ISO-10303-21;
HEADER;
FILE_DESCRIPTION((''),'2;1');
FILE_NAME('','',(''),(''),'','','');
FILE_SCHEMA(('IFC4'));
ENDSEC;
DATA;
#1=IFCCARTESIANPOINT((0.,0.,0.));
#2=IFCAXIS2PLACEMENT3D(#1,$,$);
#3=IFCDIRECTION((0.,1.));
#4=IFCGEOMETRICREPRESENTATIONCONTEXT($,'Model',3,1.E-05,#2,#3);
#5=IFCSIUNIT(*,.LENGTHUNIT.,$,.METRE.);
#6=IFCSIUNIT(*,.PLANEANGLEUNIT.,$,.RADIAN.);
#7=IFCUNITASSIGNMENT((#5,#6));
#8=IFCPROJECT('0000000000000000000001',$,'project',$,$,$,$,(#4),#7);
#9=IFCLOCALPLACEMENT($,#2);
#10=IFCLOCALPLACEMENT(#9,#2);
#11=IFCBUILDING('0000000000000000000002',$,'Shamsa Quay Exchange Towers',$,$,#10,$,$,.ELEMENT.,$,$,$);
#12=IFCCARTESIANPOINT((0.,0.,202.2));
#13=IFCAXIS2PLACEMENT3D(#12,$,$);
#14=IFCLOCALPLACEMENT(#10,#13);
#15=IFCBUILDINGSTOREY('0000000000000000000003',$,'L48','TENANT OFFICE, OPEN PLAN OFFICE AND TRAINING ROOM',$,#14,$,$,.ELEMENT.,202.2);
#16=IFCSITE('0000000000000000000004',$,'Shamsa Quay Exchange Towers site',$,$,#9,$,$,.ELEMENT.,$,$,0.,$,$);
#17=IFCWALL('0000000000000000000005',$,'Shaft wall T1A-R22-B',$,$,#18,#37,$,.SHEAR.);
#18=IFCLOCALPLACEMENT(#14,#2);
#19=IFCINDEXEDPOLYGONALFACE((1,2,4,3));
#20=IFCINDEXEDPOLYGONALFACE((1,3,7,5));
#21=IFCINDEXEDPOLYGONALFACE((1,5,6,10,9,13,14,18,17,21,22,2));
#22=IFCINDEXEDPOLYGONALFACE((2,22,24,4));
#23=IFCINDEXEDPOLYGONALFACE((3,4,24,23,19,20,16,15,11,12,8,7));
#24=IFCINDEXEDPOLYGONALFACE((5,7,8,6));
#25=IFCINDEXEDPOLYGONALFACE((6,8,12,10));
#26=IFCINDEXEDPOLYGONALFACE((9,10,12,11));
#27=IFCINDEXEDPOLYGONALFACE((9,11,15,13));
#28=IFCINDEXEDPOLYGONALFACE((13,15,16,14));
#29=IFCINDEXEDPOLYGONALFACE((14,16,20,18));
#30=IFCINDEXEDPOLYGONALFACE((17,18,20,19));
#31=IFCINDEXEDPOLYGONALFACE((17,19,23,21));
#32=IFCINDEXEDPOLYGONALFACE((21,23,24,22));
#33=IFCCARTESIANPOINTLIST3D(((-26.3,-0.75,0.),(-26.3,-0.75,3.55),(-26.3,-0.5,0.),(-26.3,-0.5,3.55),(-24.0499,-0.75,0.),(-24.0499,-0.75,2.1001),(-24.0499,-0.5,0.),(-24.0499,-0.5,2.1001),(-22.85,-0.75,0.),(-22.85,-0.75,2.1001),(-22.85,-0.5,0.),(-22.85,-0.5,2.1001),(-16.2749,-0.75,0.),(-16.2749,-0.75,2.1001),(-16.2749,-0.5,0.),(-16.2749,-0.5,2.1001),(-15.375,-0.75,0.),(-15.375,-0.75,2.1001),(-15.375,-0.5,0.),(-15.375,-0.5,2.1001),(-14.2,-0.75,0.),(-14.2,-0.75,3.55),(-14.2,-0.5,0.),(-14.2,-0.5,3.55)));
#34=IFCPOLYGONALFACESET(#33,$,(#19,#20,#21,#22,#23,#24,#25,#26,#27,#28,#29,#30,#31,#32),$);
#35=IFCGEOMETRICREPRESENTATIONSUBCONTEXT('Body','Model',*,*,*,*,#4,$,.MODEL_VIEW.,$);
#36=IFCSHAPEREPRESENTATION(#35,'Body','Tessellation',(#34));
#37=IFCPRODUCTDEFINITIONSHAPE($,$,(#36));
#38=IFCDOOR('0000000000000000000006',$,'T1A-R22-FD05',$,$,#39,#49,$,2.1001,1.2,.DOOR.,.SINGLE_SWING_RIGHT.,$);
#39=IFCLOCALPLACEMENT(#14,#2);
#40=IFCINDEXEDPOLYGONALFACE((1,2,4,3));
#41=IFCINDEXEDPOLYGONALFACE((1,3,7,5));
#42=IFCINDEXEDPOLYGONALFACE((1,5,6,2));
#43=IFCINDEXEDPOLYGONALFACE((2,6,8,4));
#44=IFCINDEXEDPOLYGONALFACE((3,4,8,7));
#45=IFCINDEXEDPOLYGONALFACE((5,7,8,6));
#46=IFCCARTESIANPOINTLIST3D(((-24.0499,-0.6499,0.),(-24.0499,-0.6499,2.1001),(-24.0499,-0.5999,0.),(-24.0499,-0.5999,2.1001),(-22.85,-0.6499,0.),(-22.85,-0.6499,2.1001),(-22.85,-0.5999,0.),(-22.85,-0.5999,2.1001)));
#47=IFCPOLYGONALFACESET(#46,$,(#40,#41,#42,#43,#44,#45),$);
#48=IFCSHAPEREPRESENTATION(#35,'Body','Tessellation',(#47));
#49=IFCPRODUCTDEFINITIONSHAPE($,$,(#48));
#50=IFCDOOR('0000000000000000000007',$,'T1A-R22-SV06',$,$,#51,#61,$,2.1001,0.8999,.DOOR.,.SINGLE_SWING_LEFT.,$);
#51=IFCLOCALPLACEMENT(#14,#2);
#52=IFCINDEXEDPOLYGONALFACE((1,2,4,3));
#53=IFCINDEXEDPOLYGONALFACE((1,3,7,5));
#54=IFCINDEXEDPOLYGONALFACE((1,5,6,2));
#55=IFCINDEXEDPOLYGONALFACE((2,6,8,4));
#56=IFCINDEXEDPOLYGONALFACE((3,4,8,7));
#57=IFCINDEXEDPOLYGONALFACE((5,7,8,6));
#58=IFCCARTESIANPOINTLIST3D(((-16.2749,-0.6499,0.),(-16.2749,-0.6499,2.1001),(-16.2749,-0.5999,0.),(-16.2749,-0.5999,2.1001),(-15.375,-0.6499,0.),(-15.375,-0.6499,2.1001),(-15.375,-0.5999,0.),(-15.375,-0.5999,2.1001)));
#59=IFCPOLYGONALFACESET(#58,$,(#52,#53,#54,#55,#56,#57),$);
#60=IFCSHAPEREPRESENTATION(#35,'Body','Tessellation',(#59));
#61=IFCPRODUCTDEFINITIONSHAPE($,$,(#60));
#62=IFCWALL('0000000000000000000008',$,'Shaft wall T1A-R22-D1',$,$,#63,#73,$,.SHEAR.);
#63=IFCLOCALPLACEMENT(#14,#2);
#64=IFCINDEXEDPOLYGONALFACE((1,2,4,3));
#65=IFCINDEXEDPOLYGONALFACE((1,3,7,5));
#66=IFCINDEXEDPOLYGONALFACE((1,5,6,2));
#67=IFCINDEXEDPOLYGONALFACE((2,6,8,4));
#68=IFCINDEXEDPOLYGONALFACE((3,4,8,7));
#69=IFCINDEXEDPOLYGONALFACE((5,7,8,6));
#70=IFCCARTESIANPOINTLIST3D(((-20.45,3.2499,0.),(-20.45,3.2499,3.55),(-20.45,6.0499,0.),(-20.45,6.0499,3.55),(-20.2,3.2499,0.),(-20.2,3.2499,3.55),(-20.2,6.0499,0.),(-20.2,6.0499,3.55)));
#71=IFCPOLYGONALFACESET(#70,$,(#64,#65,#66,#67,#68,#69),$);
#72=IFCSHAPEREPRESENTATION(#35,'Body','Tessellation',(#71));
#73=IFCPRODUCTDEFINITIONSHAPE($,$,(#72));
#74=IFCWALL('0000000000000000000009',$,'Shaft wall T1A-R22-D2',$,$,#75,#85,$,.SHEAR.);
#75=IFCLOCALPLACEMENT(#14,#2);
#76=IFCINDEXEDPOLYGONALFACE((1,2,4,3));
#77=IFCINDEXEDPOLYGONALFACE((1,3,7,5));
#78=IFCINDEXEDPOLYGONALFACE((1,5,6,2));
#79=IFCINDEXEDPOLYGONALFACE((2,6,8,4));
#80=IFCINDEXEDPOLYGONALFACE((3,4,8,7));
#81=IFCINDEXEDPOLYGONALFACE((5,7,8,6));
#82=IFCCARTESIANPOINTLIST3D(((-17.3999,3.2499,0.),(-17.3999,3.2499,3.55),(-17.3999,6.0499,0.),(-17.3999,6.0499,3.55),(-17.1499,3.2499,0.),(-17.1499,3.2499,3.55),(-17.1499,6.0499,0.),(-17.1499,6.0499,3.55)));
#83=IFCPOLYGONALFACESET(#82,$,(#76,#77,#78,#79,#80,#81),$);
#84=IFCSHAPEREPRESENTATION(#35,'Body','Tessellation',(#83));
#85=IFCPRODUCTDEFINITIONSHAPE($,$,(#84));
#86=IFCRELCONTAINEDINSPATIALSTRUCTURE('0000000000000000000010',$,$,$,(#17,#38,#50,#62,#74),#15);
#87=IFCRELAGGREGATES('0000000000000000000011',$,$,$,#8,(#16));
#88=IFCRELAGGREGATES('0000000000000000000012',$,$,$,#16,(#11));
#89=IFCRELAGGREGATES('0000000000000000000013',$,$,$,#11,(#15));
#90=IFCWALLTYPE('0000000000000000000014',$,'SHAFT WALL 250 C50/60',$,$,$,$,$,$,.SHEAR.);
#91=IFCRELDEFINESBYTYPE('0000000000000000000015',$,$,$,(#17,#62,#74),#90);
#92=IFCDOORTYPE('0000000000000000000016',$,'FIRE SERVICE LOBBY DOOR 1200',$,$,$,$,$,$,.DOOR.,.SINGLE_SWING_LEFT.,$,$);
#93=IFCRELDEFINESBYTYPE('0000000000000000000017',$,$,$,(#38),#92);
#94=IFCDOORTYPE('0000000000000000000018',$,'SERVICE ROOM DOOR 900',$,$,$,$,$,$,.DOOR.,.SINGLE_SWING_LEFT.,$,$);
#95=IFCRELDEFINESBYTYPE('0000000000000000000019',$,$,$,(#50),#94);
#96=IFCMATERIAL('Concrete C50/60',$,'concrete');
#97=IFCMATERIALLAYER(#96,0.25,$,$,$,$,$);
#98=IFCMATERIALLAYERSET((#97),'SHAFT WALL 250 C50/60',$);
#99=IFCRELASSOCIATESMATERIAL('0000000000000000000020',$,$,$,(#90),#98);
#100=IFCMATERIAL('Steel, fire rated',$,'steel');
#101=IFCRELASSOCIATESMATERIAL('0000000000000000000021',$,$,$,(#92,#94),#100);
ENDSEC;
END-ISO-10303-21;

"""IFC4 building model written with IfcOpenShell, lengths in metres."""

from ifc_helpers import new_model, si_unit, direction, frame, frame_2d, origin, place, context, subcontext, project, spatial, rectangle, extrude, material, layer, layer_set, type_object, element, fill, save


model = new_model("IFC4")

# Units and contexts
model_context = context("Model", 3, precision=1e-05, world=origin(), true_north=direction((0.0, 1.0)))
body_context = subcontext(model_context, "Body", "Model", "MODEL_VIEW")
ifc_project = project(units=[si_unit("LENGTHUNIT", "METRE"), si_unit("PLANEANGLEUNIT", "RADIAN")], contexts=[model_context])

# Site, building, storey
site_placement = place(None, origin())
site = spatial("IfcSite", under=ifc_project, at=site_placement, Name="Shamsa Quay Exchange Towers site", CompositionType="ELEMENT", RefElevation=0.0)
building_placement = place(site_placement, origin())
building = spatial("IfcBuilding", under=site, at=building_placement, Name="Shamsa Quay Exchange Towers", CompositionType="ELEMENT")
storey_placement = place(building_placement, frame((0.0, 0.0, 202.2)))
storey = spatial("IfcBuildingStorey", under=building, at=storey_placement, Name="L48", Description="TENANT OFFICE, OPEN PLAN OFFICE AND TRAINING ROOM", CompositionType="ELEMENT", Elevation=202.2)

# Wall, openings, doors
ifc_material_1 = material(Name="Steel, fire rated", Category="steel")
ifc_material_2 = material(Name="Concrete C50/60", Category="concrete")
ifc_layer_1 = layer(ifc_material_2, 0.25)
ifc_layer_set_1 = layer_set([ifc_layer_1], Name="SHAFT WALL 250 C50/60")
wall_type_1 = type_object("IfcWallType", Name="SHAFT WALL 250 C50/60", PredefinedType="SHEAR", material=ifc_layer_set_1)
wall_1_placement = place(storey_placement, frame((-14.2, -0.625, 0.0), z_axis=(0.0, 0.0, 1.0), x_axis=(-1.0, 0.0, 0.0)))
wall_1 = element("IfcWall", 1, at=wall_1_placement, inside=storey, type_object=wall_type_1, Name="Shaft wall T1A-R22-B", PredefinedType="SHEAR", context=body_context, shape_type="SweptSolid", body=[
    extrude(rectangle(XDim=12.1001, YDim=0.25, at=frame_2d((6.05, 0.0))), origin(), (0.0, 0.0, 1.0), 3.55),
])
opening_1_placement = place(wall_1_placement, frame((8.6499, 0.0, 0.0)))
opening_1 = element("IfcOpeningElement", 2, at=opening_1_placement, cuts=wall_1, PredefinedType="OPENING", context=body_context, shape_type="SweptSolid", body=[
    extrude(rectangle(XDim=1.2, YDim=2.1001, at=frame_2d((0.6001, 1.05))), frame((0.0, 0.135, 0.0), z_axis=(0.0, -1.0, 0.0), x_axis=(1.0, 0.0, 0.0)), (0.0, 0.0, 1.0), 0.27),
])
opening_2_placement = place(wall_1_placement, frame((1.175, 0.0, 0.0)))
opening_2 = element("IfcOpeningElement", 3, at=opening_2_placement, cuts=wall_1, PredefinedType="OPENING", context=body_context, shape_type="SweptSolid", body=[
    extrude(rectangle(XDim=0.8999, YDim=2.1001, at=frame_2d((0.45, 1.05))), frame((0.0, 0.135, 0.0), z_axis=(0.0, -1.0, 0.0), x_axis=(1.0, 0.0, 0.0)), (0.0, 0.0, 1.0), 0.27),
])
door_type_1 = type_object("IfcDoorType", Name="FIRE SERVICE LOBBY DOOR 1200", OperationType="SINGLE_SWING_LEFT", PredefinedType="DOOR", material=ifc_material_1)
door_1_placement = place(opening_1_placement, origin())
door_1 = element("IfcDoor", 4, at=door_1_placement, inside=storey, type_object=door_type_1, Name="T1A-R22-FD05", OperationType="SINGLE_SWING_RIGHT", OverallHeight=2.1001, OverallWidth=1.2, PredefinedType="DOOR", context=body_context, shape_type="SweptSolid", body=[
    extrude(rectangle(XDim=1.2, YDim=2.1001, at=frame_2d((0.6001, 1.05))), frame((0.0, 0.0249, 0.0), z_axis=(0.0, -1.0, 0.0), x_axis=(1.0, 0.0, 0.0)), (0.0, 0.0, 1.0), 0.05),
])
fill(opening_1, door_1)
door_type_2 = type_object("IfcDoorType", Name="SERVICE ROOM DOOR 900", OperationType="SINGLE_SWING_LEFT", PredefinedType="DOOR", material=ifc_material_1)
door_2_placement = place(opening_2_placement, origin())
door_2 = element("IfcDoor", 5, at=door_2_placement, inside=storey, type_object=door_type_2, Name="T1A-R22-SV06", OperationType="SINGLE_SWING_LEFT", OverallHeight=2.1001, OverallWidth=0.8999, PredefinedType="DOOR", context=body_context, shape_type="SweptSolid", body=[
    extrude(rectangle(XDim=0.8999, YDim=2.1001, at=frame_2d((0.45, 1.05))), frame((0.0, 0.0249, 0.0), z_axis=(0.0, -1.0, 0.0), x_axis=(1.0, 0.0, 0.0)), (0.0, 0.0, 1.0), 0.05),
])
fill(opening_2, door_2)

# Walls
for number, where, z_axis, x_axis, name in (
    (6, (-20.325, 3.25, 0.0), (0.0, 0.0, 1.0), (0.0, 1.0, 0.0), "Shaft wall T1A-R22-D1"),
    (7, (-17.2749, 3.25, 0.0), (0.0, 0.0, 1.0), (0.0, 1.0, 0.0), "Shaft wall T1A-R22-D2"),
):
    element("IfcWall", number, at=place(storey_placement, frame(where, z_axis=z_axis, x_axis=x_axis)), inside=storey, type_object=wall_type_1, Name=name, PredefinedType="SHEAR", context=body_context, shape_type="SweptSolid", body=[
        extrude(rectangle(XDim=2.8, YDim=0.25, at=frame_2d((1.3999, 0.0))), origin(), (0.0, 0.0, 1.0), 3.55),
    ])

save(model, "model.ifc")
